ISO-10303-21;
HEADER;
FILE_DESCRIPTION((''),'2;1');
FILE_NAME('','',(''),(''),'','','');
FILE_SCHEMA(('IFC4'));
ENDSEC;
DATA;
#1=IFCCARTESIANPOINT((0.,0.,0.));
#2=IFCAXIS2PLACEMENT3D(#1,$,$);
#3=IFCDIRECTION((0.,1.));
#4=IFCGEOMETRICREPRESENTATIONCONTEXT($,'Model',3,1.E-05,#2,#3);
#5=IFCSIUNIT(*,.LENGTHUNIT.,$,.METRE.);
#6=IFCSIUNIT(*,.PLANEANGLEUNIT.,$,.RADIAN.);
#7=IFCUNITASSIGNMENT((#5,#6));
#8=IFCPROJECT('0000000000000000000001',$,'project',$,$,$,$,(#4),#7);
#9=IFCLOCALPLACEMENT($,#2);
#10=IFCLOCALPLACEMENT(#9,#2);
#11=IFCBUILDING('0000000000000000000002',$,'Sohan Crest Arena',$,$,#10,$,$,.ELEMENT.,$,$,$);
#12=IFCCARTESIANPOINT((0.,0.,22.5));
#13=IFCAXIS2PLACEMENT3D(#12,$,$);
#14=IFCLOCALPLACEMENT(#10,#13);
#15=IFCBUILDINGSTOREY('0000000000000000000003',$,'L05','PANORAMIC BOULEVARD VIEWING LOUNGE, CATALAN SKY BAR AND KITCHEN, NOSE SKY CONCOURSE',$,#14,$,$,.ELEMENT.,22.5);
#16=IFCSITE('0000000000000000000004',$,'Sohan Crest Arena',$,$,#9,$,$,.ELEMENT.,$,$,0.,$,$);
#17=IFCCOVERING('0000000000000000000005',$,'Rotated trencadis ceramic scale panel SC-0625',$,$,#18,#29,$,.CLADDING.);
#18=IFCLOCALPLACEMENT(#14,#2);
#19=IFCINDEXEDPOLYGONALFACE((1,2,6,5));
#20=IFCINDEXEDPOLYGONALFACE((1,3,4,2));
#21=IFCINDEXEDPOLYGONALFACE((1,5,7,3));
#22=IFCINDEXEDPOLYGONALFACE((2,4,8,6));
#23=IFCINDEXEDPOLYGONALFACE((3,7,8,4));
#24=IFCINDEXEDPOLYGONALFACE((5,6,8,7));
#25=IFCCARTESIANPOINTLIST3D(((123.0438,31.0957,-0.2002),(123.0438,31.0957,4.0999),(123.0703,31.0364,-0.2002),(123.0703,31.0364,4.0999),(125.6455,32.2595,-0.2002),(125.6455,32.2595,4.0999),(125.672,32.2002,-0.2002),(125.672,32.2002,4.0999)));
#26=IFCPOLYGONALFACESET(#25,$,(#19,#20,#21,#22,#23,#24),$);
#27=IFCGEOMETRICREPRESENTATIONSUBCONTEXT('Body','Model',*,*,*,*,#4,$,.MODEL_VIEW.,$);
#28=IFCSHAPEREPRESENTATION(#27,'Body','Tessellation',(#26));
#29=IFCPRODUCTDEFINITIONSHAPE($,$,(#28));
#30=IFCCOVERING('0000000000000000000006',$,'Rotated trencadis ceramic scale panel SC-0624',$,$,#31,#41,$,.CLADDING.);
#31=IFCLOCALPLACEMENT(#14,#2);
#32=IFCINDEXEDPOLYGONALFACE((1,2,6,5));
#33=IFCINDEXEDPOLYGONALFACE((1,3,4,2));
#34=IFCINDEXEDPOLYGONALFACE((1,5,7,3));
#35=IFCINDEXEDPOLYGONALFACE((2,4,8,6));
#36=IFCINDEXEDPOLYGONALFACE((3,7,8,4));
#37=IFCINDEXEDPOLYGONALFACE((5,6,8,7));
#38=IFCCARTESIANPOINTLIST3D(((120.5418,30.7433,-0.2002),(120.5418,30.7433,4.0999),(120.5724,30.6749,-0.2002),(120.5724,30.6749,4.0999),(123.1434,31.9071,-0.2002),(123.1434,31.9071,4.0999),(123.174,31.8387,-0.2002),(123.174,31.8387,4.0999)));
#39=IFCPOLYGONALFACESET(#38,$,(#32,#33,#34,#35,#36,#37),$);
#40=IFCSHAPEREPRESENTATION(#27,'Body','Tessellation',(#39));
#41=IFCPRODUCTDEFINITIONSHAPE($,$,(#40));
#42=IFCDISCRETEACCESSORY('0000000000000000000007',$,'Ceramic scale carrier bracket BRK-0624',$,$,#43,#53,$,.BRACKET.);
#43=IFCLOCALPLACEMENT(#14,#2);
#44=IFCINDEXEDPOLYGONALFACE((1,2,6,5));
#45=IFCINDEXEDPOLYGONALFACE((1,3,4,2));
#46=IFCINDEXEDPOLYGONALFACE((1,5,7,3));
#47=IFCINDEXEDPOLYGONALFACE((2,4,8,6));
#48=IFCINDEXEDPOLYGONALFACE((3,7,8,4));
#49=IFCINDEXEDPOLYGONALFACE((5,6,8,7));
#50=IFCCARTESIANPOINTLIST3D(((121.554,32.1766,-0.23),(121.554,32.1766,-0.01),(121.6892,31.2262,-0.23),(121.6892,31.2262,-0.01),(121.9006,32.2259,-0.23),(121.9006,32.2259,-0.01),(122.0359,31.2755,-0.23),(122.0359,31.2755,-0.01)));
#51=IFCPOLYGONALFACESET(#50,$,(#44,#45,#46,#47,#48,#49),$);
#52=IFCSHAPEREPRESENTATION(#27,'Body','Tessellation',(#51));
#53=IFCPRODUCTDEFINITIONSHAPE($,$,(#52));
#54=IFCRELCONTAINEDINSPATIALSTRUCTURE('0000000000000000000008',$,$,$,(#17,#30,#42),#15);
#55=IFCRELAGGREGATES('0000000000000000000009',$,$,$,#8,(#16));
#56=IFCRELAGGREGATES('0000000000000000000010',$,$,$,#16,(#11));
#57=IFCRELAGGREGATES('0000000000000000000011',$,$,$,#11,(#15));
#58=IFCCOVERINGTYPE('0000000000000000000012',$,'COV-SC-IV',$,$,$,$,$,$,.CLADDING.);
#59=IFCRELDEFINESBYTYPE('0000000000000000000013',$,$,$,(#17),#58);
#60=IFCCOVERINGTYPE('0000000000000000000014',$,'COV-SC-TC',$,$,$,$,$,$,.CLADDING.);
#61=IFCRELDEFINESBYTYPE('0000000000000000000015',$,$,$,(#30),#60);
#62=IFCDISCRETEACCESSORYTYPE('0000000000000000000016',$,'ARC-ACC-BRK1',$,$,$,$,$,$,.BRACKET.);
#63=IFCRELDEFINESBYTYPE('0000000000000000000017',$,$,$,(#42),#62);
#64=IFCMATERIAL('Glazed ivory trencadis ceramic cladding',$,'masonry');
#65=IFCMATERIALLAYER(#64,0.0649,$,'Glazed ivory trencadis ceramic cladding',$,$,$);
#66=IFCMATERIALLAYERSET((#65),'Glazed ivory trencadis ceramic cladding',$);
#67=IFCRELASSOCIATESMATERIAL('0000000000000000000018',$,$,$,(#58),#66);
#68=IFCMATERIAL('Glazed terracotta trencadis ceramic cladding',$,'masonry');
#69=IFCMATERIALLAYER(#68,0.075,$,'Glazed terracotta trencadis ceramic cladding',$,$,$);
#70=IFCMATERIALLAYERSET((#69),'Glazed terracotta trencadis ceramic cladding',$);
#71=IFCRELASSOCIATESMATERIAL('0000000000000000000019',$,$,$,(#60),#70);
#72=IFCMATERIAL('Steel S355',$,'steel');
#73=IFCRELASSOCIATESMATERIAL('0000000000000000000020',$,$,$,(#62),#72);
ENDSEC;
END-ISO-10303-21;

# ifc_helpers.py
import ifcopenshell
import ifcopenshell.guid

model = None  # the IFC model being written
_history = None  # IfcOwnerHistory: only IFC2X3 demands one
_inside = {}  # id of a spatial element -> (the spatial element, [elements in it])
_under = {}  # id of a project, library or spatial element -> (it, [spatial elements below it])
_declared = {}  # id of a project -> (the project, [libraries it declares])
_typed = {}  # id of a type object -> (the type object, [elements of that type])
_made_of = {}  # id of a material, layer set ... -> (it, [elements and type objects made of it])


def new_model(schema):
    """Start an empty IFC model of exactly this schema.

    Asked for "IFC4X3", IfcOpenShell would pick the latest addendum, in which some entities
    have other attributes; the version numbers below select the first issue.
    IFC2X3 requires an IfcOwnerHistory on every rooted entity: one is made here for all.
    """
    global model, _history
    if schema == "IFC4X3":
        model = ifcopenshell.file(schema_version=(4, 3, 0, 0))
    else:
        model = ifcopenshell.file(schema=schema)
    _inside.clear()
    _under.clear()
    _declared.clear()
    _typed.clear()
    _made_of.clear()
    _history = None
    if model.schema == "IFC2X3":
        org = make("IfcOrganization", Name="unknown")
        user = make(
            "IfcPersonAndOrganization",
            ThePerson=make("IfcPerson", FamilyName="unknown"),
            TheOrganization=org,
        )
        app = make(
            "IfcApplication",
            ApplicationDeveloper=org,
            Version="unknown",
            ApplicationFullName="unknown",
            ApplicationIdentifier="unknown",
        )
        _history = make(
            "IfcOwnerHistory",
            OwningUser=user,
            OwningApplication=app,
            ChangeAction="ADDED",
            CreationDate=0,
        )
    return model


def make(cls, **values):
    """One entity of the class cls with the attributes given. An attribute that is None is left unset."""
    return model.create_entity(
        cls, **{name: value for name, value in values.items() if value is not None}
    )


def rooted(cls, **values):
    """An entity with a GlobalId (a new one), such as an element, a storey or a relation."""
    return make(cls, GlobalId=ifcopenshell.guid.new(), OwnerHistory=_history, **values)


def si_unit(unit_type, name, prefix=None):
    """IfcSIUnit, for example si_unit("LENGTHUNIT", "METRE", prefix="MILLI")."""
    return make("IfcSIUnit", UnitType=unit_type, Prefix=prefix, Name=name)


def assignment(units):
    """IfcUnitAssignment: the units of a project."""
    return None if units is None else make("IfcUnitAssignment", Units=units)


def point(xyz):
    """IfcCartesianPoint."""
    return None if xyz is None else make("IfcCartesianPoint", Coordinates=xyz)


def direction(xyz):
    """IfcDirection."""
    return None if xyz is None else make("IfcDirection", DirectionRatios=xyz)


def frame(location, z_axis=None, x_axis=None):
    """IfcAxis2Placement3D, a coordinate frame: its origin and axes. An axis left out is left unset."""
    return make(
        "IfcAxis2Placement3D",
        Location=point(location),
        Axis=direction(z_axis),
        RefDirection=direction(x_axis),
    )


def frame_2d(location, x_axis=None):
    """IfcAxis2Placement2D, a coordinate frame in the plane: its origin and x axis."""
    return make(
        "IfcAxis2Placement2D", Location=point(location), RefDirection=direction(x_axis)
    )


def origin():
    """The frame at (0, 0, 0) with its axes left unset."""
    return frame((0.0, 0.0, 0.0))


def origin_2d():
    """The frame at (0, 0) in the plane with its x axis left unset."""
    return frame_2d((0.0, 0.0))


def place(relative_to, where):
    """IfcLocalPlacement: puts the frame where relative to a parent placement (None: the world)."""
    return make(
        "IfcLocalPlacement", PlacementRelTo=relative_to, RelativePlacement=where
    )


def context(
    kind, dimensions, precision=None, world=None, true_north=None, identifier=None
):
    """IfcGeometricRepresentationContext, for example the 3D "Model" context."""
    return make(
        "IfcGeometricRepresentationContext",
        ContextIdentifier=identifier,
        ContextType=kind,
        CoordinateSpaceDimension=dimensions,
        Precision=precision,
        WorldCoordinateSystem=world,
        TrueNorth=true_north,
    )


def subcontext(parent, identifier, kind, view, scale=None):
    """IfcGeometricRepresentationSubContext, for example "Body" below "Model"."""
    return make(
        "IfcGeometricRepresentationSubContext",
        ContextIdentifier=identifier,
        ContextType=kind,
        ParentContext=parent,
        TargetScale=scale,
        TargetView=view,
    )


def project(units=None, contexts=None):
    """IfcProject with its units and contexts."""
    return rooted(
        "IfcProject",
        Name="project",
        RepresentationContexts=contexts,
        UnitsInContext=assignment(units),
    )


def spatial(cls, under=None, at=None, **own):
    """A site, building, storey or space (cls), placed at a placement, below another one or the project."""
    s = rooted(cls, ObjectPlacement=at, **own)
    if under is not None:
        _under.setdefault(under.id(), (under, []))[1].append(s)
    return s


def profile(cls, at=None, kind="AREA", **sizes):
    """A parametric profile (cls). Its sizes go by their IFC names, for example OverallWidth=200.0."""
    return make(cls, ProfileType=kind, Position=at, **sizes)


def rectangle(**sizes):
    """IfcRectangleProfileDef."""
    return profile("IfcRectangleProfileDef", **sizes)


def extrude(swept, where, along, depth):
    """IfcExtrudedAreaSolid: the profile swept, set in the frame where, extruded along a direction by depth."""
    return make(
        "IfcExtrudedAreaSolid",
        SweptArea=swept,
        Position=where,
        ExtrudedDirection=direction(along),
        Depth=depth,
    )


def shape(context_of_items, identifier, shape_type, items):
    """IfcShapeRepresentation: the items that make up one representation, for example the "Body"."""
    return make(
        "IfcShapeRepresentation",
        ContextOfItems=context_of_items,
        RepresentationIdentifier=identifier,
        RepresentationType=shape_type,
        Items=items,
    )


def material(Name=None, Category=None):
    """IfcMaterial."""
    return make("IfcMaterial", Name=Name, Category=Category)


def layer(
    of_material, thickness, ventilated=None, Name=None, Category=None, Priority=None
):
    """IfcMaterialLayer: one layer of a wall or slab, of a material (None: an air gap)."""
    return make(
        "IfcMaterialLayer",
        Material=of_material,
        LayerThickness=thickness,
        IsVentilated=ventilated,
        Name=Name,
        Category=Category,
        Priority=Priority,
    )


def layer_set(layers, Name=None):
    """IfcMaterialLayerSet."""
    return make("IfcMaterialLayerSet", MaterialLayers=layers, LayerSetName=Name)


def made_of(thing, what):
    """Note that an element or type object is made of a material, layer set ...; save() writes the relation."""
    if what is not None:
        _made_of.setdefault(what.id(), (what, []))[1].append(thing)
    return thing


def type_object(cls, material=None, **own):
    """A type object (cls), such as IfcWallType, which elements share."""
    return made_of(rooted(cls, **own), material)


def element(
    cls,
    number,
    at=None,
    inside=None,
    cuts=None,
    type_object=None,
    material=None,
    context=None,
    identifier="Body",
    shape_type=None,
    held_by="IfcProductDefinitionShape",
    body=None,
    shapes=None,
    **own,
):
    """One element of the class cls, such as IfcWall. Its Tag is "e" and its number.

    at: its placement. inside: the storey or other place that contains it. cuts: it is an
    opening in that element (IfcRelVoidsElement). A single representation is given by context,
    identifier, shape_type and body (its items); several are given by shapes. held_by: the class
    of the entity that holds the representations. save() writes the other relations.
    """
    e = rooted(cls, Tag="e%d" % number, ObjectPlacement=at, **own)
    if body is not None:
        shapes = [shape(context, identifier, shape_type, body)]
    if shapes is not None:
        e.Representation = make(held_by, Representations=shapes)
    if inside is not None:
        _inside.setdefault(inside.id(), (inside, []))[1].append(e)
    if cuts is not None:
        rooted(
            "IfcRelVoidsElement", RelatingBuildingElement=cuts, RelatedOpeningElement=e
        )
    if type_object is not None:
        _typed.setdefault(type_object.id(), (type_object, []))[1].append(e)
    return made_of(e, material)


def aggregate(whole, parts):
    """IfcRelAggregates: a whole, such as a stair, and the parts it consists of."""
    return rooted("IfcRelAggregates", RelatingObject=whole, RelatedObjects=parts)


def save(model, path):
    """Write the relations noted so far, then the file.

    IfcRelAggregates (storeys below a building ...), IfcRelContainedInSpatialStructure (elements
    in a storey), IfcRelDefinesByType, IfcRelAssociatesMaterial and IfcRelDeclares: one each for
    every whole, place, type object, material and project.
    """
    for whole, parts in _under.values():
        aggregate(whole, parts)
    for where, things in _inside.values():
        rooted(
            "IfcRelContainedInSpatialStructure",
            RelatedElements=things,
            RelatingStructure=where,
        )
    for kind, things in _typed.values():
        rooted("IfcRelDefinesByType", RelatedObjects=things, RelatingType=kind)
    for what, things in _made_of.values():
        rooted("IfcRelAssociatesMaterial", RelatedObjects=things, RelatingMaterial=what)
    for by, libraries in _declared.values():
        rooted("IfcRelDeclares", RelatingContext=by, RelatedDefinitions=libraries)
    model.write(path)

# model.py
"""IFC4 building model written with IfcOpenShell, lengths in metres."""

from ifc_helpers import new_model, si_unit, direction, frame, origin, origin_2d, place, context, subcontext, project, spatial, rectangle, extrude, material, layer, layer_set, type_object, element, save


model = new_model("IFC4")

# Units and contexts
model_context = context("Model", 3, precision=1e-05, world=origin(), true_north=direction((0.0, 1.0)))
body_context = subcontext(model_context, "Body", "Model", "MODEL_VIEW")
ifc_project = project(units=[si_unit("LENGTHUNIT", "METRE"), si_unit("PLANEANGLEUNIT", "RADIAN")], contexts=[model_context])

# Site, building, storey
site_placement = place(None, origin())
site = spatial("IfcSite", under=ifc_project, at=site_placement, Name="Sohan Crest Arena", CompositionType="ELEMENT", RefElevation=0.0)
building_placement = place(site_placement, origin())
building = spatial("IfcBuilding", under=site, at=building_placement, Name="Sohan Crest Arena", CompositionType="ELEMENT")
storey_placement = place(building_placement, frame((0.0, 0.0, 22.5)))
storey = spatial("IfcBuildingStorey", under=building, at=storey_placement, Name="L05", Description="PANORAMIC BOULEVARD VIEWING LOUNGE, CATALAN SKY BAR AND KITCHEN, NOSE SKY CONCOURSE", CompositionType="ELEMENT", Elevation=22.5)

# Shared definitions
ifc_material_1 = material(Name="Steel S355", Category="steel")

# Coverings
ifc_material_2 = material(Name="Glazed ivory trencadis ceramic cladding", Category="masonry")
ifc_layer_1 = layer(ifc_material_2, 0.0649, Name="Glazed ivory trencadis ceramic cladding")
ifc_layer_set_1 = layer_set([ifc_layer_1], Name="Glazed ivory trencadis ceramic cladding")
covering_type_1 = type_object("IfcCoveringType", Name="COV-SC-IV", PredefinedType="CLADDING", material=ifc_layer_set_1)
covering_1_placement = place(storey_placement, frame((124.3579, 31.6479, -0.2002), z_axis=(0.0, 0.0, 1.0), x_axis=(0.912834, 0.40833, 0.0)))
element("IfcCovering", 1, at=covering_1_placement, inside=storey, type_object=covering_type_1, Name="Rotated trencadis ceramic scale panel SC-0625", PredefinedType="CLADDING", context=body_context, shape_type="SweptSolid", body=[
    extrude(rectangle(XDim=2.8501, YDim=0.0649, at=origin_2d()), origin(), (0.0, 0.0, 1.0), 4.3),
])
ifc_material_3 = material(Name="Glazed terracotta trencadis ceramic cladding", Category="masonry")
ifc_layer_2 = layer(ifc_material_3, 0.075, Name="Glazed terracotta trencadis ceramic cladding")
ifc_layer_set_2 = layer_set([ifc_layer_2], Name="Glazed terracotta trencadis ceramic cladding")
covering_type_2 = type_object("IfcCoveringType", Name="COV-SC-TC", PredefinedType="CLADDING", material=ifc_layer_set_2)
covering_2_placement = place(storey_placement, frame((121.8579, 31.291, -0.2002), z_axis=(0.0, 0.0, 1.0), x_axis=(0.912834, 0.40833, 0.0)))
element("IfcCovering", 2, at=covering_2_placement, inside=storey, type_object=covering_type_2, Name="Rotated trencadis ceramic scale panel SC-0624", PredefinedType="CLADDING", context=body_context, shape_type="SweptSolid", body=[
    extrude(rectangle(XDim=2.8501, YDim=0.075, at=origin_2d()), origin(), (0.0, 0.0, 1.0), 4.3),
])

# Discrete accessory
discrete_accessory_type = type_object("IfcDiscreteAccessoryType", Name="ARC-ACC-BRK1", PredefinedType="BRACKET", material=ifc_material_1)
discrete_accessory_placement = place(storey_placement, frame((121.7949, 31.7261, -0.23), z_axis=(0.0, 0.0, 1.0), x_axis=(0.990024, 0.140901, 0.0)))
element("IfcDiscreteAccessory", 3, at=discrete_accessory_placement, inside=storey, type_object=discrete_accessory_type, Name="Ceramic scale carrier bracket BRK-0624", PredefinedType="BRACKET", context=body_context, shape_type="SweptSolid", body=[
    extrude(rectangle(XDim=0.3501, YDim=0.96, at=origin_2d()), origin(), (0.0, 0.0, 1.0), 0.22),
])

save(model, "model.ifc")
